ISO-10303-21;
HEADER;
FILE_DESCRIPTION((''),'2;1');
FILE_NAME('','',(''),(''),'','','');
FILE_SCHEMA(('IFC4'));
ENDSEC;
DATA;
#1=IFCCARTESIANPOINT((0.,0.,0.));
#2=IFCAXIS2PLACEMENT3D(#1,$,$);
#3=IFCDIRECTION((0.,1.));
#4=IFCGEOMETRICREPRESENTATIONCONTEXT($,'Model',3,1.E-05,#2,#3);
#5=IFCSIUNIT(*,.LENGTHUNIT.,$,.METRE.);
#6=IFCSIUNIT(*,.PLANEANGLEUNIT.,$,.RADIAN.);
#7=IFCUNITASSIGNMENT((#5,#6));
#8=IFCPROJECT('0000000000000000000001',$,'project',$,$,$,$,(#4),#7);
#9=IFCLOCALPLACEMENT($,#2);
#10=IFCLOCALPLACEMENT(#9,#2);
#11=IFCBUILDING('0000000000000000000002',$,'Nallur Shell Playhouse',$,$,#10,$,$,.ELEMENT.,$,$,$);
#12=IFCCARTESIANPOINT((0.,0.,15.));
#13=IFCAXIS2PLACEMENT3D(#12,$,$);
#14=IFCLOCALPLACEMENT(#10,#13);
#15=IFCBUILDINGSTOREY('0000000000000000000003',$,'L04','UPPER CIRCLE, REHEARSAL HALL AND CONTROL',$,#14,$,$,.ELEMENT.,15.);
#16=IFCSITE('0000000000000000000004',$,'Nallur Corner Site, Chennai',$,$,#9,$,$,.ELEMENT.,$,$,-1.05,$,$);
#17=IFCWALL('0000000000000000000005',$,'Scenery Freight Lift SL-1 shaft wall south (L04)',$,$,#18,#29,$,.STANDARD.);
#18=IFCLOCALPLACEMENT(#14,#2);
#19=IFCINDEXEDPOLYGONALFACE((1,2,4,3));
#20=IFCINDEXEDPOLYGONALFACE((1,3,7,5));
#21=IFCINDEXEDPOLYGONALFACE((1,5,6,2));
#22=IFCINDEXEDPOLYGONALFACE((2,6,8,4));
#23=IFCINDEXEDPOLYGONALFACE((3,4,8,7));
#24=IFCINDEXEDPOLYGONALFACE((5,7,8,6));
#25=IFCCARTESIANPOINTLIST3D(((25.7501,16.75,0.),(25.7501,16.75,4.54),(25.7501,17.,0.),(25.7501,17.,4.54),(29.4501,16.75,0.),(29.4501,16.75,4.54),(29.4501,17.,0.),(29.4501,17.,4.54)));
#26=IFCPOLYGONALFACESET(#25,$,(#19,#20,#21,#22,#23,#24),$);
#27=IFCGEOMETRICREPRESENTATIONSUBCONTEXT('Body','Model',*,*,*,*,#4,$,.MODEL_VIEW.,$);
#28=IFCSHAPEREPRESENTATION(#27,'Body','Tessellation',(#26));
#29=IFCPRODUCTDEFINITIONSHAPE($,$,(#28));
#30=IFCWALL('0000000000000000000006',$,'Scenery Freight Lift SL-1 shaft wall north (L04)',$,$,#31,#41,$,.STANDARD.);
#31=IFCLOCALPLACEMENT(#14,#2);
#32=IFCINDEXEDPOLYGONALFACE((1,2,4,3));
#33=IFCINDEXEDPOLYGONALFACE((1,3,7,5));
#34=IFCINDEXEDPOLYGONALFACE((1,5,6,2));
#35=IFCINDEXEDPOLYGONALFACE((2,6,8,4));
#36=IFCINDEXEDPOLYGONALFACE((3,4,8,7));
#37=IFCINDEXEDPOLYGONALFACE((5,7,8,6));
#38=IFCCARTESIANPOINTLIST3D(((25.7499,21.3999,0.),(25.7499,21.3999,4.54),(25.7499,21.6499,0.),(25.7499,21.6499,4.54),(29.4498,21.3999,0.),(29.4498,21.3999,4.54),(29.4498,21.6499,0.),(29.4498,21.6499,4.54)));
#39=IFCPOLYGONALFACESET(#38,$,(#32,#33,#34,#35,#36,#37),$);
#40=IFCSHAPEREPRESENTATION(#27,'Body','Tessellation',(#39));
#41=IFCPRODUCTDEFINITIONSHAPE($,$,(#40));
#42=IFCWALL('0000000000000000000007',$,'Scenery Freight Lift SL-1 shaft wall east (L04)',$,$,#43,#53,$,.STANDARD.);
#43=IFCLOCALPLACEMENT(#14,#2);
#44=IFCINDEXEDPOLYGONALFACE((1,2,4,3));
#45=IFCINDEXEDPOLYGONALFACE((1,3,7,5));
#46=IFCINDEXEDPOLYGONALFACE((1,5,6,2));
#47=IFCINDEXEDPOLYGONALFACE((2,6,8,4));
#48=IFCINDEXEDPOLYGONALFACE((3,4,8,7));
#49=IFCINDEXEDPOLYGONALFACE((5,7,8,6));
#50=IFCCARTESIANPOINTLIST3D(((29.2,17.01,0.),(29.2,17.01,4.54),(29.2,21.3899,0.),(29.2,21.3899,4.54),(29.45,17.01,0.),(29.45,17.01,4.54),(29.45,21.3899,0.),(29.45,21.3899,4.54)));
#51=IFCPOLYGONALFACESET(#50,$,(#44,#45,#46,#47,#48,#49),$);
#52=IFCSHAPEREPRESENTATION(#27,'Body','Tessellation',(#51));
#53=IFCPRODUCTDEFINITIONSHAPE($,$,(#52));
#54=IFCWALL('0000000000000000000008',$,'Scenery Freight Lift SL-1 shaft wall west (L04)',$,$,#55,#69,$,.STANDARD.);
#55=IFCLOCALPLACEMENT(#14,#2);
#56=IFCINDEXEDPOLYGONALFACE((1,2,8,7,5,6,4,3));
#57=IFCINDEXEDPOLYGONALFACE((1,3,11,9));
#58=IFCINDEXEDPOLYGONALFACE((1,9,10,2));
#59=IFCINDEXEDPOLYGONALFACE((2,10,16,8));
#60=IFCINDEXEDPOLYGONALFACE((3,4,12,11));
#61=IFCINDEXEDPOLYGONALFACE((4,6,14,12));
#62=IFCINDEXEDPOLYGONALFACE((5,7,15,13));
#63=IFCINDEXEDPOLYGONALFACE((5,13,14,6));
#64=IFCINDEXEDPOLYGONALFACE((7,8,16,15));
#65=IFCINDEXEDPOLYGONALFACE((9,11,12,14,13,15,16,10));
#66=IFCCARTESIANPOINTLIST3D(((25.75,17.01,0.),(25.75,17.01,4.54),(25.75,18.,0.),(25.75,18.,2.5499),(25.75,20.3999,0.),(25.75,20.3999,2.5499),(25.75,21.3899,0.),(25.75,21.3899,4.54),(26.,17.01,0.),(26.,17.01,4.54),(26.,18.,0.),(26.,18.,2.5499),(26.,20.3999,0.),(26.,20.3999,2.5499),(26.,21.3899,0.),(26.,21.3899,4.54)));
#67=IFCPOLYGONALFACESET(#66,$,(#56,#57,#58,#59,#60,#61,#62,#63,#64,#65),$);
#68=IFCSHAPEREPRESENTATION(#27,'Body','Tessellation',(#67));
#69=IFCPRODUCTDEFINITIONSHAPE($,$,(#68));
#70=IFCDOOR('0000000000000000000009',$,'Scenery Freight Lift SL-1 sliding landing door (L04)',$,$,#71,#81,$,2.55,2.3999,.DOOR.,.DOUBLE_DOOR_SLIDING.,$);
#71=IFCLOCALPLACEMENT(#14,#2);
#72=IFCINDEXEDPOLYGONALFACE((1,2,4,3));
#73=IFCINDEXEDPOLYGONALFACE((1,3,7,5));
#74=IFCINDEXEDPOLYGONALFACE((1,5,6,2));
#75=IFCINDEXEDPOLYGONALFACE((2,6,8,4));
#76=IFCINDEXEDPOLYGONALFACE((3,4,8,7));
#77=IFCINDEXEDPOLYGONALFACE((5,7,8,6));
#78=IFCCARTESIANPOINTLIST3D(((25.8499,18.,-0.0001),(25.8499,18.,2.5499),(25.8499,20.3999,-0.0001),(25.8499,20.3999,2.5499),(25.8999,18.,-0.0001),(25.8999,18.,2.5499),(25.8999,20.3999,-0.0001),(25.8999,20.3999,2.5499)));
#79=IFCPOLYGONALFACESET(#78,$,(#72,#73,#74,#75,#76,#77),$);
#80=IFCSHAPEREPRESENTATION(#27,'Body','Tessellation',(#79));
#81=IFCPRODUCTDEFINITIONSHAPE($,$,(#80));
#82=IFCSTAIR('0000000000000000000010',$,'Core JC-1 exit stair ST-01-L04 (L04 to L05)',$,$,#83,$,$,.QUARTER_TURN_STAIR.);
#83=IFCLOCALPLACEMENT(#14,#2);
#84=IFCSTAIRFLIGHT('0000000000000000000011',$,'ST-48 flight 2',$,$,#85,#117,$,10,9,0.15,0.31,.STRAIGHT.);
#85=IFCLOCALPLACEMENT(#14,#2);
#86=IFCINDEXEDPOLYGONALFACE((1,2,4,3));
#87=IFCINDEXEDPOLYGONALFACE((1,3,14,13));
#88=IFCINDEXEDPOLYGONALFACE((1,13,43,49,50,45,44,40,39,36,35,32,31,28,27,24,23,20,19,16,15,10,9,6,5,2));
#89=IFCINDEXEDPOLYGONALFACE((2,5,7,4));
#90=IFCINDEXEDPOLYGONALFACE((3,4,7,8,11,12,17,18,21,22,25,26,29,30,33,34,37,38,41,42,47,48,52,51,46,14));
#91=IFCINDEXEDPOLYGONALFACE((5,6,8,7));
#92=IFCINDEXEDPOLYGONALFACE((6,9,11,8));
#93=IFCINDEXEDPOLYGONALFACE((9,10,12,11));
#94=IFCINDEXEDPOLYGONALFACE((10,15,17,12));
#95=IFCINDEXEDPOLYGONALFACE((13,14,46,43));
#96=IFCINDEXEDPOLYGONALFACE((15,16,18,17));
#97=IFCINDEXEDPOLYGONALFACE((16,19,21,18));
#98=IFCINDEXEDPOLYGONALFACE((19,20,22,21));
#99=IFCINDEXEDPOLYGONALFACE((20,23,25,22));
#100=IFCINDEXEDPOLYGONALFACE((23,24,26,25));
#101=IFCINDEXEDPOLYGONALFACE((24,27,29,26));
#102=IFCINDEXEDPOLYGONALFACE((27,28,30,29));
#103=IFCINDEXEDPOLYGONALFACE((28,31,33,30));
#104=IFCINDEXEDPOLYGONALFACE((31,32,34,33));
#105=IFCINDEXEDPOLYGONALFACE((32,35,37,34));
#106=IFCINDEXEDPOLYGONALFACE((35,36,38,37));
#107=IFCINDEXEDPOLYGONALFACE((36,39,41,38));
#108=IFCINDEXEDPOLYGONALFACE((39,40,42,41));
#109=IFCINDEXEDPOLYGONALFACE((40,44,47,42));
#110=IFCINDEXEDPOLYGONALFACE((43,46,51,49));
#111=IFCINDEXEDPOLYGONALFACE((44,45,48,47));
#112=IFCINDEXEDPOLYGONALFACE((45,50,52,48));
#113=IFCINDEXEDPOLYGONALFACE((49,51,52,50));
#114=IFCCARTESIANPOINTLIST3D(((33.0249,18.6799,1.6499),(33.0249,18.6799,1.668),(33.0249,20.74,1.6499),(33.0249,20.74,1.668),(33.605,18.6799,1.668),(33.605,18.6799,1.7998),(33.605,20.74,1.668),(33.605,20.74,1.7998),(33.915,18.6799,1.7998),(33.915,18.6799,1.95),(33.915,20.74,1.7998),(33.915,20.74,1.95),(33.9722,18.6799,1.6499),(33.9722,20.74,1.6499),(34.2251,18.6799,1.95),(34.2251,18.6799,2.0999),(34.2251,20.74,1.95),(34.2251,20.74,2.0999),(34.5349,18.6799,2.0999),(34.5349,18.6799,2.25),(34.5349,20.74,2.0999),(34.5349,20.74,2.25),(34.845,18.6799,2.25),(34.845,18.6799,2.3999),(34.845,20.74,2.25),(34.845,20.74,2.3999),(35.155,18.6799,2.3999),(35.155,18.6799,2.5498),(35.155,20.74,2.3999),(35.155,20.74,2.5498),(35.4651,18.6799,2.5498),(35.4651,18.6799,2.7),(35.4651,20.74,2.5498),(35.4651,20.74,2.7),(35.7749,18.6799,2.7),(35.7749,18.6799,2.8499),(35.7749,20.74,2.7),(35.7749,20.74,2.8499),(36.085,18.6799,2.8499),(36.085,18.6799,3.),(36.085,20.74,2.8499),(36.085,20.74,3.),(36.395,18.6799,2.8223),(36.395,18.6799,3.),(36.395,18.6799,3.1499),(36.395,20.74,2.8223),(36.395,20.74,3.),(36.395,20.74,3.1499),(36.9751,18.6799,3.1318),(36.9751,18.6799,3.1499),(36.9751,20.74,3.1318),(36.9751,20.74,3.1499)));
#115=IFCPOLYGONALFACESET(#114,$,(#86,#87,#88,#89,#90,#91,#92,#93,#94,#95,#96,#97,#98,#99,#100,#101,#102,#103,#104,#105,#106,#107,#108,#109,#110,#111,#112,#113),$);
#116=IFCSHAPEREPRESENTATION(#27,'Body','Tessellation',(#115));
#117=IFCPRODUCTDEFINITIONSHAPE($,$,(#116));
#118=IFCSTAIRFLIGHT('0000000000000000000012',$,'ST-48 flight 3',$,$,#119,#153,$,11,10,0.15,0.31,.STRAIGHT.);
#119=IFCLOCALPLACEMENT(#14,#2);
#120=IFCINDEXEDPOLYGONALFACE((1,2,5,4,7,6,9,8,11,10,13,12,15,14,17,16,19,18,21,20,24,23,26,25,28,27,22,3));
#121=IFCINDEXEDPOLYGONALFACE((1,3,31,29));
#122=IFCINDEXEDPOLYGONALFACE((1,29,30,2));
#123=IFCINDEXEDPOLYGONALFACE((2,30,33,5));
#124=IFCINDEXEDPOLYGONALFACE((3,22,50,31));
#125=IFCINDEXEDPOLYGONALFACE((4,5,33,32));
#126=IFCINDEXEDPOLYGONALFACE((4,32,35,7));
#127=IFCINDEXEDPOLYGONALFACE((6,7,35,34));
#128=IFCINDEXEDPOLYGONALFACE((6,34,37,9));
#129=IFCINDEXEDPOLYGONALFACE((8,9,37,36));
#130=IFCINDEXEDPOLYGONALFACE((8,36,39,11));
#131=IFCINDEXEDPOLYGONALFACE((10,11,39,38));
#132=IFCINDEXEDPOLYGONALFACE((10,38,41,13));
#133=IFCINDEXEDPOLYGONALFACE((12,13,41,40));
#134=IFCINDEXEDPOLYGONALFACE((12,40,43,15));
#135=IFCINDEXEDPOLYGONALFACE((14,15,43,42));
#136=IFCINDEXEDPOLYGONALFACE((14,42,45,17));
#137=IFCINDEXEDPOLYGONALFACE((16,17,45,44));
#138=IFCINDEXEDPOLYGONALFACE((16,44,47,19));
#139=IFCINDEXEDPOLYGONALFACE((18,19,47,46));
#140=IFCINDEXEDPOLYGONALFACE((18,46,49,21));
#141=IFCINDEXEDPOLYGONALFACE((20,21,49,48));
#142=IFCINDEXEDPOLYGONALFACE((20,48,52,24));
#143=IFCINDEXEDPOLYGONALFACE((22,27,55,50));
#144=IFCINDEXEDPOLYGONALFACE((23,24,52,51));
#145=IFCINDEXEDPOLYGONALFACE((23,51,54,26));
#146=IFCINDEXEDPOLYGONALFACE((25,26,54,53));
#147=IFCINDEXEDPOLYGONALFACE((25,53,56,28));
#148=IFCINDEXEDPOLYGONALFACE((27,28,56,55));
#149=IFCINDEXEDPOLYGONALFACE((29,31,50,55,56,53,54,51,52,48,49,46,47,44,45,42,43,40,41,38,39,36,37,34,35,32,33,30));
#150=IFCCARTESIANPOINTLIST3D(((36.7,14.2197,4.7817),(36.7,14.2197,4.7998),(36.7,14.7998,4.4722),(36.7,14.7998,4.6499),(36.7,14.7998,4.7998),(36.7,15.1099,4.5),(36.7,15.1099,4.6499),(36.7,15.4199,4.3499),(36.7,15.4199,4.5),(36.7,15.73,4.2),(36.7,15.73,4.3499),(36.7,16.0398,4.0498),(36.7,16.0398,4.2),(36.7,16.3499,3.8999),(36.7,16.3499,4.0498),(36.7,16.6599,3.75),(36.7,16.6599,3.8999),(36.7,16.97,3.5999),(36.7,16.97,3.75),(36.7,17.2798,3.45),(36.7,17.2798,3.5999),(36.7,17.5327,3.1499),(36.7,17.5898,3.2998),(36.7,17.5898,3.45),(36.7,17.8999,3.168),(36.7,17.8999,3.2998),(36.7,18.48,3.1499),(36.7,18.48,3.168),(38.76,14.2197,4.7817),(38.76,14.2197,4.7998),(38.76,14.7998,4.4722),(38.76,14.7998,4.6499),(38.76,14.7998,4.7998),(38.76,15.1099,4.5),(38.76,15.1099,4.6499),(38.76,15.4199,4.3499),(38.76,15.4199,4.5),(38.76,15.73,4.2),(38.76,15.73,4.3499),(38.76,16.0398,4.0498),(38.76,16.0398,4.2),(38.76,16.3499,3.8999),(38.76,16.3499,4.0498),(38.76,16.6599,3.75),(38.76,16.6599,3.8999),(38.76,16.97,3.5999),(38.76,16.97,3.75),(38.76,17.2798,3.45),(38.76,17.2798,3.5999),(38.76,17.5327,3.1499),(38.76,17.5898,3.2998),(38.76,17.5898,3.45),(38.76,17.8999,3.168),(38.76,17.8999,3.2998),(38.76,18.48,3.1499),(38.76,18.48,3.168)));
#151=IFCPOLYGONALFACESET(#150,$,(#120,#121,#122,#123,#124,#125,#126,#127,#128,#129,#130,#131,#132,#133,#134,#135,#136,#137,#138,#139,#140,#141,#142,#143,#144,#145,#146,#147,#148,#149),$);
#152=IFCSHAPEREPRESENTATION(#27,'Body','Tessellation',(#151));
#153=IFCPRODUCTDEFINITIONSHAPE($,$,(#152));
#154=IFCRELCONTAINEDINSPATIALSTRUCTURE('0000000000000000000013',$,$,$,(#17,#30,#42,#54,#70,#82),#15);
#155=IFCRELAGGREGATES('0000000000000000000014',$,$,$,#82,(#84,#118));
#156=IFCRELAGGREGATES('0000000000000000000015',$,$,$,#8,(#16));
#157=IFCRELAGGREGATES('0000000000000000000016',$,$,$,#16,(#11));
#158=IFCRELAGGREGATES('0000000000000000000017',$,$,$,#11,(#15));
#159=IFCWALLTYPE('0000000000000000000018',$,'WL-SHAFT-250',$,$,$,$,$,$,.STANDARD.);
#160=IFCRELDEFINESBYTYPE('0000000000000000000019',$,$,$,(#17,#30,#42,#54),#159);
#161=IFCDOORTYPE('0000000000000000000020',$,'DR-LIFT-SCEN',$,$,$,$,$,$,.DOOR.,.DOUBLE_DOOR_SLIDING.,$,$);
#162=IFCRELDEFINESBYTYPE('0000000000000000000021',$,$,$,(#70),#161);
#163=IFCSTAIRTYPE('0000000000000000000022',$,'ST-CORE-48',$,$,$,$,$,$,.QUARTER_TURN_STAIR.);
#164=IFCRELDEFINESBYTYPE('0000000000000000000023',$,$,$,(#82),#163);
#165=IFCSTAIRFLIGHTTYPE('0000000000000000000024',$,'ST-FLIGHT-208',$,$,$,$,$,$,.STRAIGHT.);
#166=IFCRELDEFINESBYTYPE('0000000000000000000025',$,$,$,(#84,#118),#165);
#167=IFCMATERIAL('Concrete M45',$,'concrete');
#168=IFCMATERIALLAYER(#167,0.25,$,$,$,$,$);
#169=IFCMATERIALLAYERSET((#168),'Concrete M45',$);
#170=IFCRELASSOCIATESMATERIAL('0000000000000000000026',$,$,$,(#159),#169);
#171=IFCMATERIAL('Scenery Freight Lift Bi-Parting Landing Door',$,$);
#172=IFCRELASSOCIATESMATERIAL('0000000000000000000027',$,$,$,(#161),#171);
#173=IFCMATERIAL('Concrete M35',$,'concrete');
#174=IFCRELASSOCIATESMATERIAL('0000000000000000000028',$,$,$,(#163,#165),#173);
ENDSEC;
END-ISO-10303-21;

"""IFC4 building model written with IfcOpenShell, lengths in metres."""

from ifc_helpers import new_model, si_unit, direction, frame, frame_2d, origin, place, context, subcontext, project, spatial, polyline, rectangle, outline, extrude, material, layer, layer_set, type_object, element, fill, aggregate, save


model = new_model("IFC4")

# Units and contexts
model_context = context("Model", 3, precision=1e-05, world=origin(), true_north=direction((0.0, 1.0)))
body_context = subcontext(model_context, "Body", "Model", "MODEL_VIEW")
ifc_project = project(units=[si_unit("LENGTHUNIT", "METRE"), si_unit("PLANEANGLEUNIT", "RADIAN")], contexts=[model_context])

# Site, building, storey
site_placement = place(None, origin())
site = spatial("IfcSite", under=ifc_project, at=site_placement, Name="Nallur Corner Site, Chennai", CompositionType="ELEMENT", RefElevation=-1.05)
building_placement = place(site_placement, origin())
building = spatial("IfcBuilding", under=site, at=building_placement, Name="Nallur Shell Playhouse", CompositionType="ELEMENT")
storey_placement = place(building_placement, frame((0.0, 0.0, 15.0)))
storey = spatial("IfcBuildingStorey", under=building, at=storey_placement, Name="L04", Description="UPPER CIRCLE, REHEARSAL HALL AND CONTROL", CompositionType="ELEMENT", Elevation=15.0)

# Shared definitions
ifc_material_1 = material(Name="Concrete M35", Category="concrete")

# Shared definitions
ifc_material_2 = material(Name="Concrete M45", Category="concrete")

# Walls
ifc_layer_1 = layer(ifc_material_2, 0.25)
ifc_layer_set_1 = layer_set([ifc_layer_1], Name="Concrete M45")
wall_type_1 = type_object("IfcWallType", Name="WL-SHAFT-250", PredefinedType="STANDARD", material=ifc_layer_set_1)
for number, where, z_axis, x_axis, name in (
    (1, (25.75, 16.875, 0.0), (0.0, 0.0, 1.0), (1.0, 0.0, 0.0), "Scenery Freight Lift SL-1 shaft wall south (L04)"),
    (2, (29.45, 21.5249, 0.0), (0.0, 0.0, 1.0), (-1.0, 0.0, 0.0), "Scenery Freight Lift SL-1 shaft wall north (L04)"),
):
    element("IfcWall", number, at=place(storey_placement, frame(where, z_axis=z_axis, x_axis=x_axis)), inside=storey, type_object=wall_type_1, Name=name, PredefinedType="STANDARD", context=body_context, shape_type="SweptSolid", body=[
        extrude(rectangle(XDim=3.7, YDim=0.25, at=frame_2d((1.8501, 0.0))), origin(), (0.0, 0.0, 1.0), 4.54),
    ])
wall_1_placement = place(storey_placement, frame((29.325, 17.01, 0.0), z_axis=(0.0, 0.0, 1.0), x_axis=(0.0, 1.0, 0.0)))
element("IfcWall", 3, at=wall_1_placement, inside=storey, type_object=wall_type_1, Name="Scenery Freight Lift SL-1 shaft wall east (L04)", PredefinedType="STANDARD", context=body_context, shape_type="SweptSolid", body=[
    extrude(rectangle(XDim=4.3799, YDim=0.25, at=frame_2d((2.1899, 0.0))), origin(), (0.0, 0.0, 1.0), 4.54),
])

# Wall, opening, door
wall_2_placement = place(storey_placement, frame((25.875, 21.3899, 0.0), z_axis=(0.0, 0.0, 1.0), x_axis=(0.0, -1.0, 0.0)))
wall_2 = element("IfcWall", 4, at=wall_2_placement, inside=storey, type_object=wall_type_1, Name="Scenery Freight Lift SL-1 shaft wall west (L04)", PredefinedType="STANDARD", context=body_context, shape_type="SweptSolid", body=[
    extrude(rectangle(XDim=4.3799, YDim=0.25, at=frame_2d((2.1899, 0.0))), origin(), (0.0, 0.0, 1.0), 4.54),
])
opening_1_placement = place(wall_2_placement, frame((0.99, 0.0, 0.0)))
opening_1 = element("IfcOpeningElement", 5, at=opening_1_placement, cuts=wall_2, PredefinedType="OPENING", context=body_context, shape_type="SweptSolid", body=[
    extrude(rectangle(XDim=2.3999, YDim=2.55, at=frame_2d((1.2, 1.2749))), frame((0.0, 0.135, 0.0), z_axis=(0.0, -1.0, 0.0), x_axis=(1.0, 0.0, 0.0)), (0.0, 0.0, 1.0), 0.27),
])
ifc_material_3 = material(Name="Scenery Freight Lift Bi-Parting Landing Door")
door_type_1 = type_object("IfcDoorType", Name="DR-LIFT-SCEN", OperationType="DOUBLE_DOOR_SLIDING", PredefinedType="DOOR", material=ifc_material_3)
door_1_placement = place(opening_1_placement, origin())
door_1 = element("IfcDoor", 6, at=door_1_placement, inside=storey, type_object=door_type_1, Name="Scenery Freight Lift SL-1 sliding landing door (L04)", OperationType="DOUBLE_DOOR_SLIDING", OverallHeight=2.55, OverallWidth=2.3999, PredefinedType="DOOR", context=body_context, shape_type="SweptSolid", body=[
    extrude(rectangle(XDim=2.3999, YDim=2.55, at=frame_2d((1.2, 1.2749))), frame((0.0, 0.0249, 0.0), z_axis=(0.0, -1.0, 0.0), x_axis=(1.0, 0.0, 0.0)), (0.0, 0.0, 1.0), 0.05),
])
fill(opening_1, door_1)

# Stair, stair flights
stair_type = type_object("IfcStairType", Name="ST-CORE-48", PredefinedType="QUARTER_TURN_STAIR", material=ifc_material_1)
stair_placement = place(storey_placement, origin())
stair = element("IfcStair", 7, at=stair_placement, inside=storey, type_object=stair_type, Name="Core JC-1 exit stair ST-01-L04 (L04 to L05)", PredefinedType="QUARTER_TURN_STAIR")
stair_flight_type = type_object("IfcStairFlightType", Name="ST-FLIGHT-208", PredefinedType="STRAIGHT", material=ifc_material_1)
stair_flight_1_placement = place(storey_placement, frame((33.605, 19.71, 1.6499), z_axis=(0.0, 0.0, 1.0), x_axis=(1.0, 0.0, 0.0)))
stair_flight_1 = element("IfcStairFlight", 8, at=stair_flight_1_placement, type_object=stair_flight_type, Name="ST-48 flight 2", NumberOfRisers=10, NumberOfTreads=9, PredefinedType="STRAIGHT", RiserHeight=0.15, TreadLength=0.31, context=body_context, shape_type="SweptSolid", body=[
    extrude(outline(polyline([(-0.5801, 0.0), (-0.5801, 0.0181), (0.0, 0.0181), (0.0, 0.1499), (0.3101, 0.1499), (0.3101, 0.3), (0.6201, 0.3), (0.6201, 0.45), (0.9299, 0.45), (0.9299, 0.6001), (1.24, 0.6001), (1.24, 0.75), (1.55, 0.75), (1.55, 0.8999), (1.8601, 0.8999), (1.8601, 1.05), (2.1699, 1.05), (2.1699, 1.2), (2.48, 1.2), (2.48, 1.3501), (2.79, 1.3501), (2.79, 1.5), (3.3701, 1.5), (3.3701, 1.4819), (2.79, 1.1724), (0.3672, 0.0), (-0.5801, 0.0)])), frame((0.0, 1.03, 0.0), z_axis=(0.0, -1.0, 0.0), x_axis=(1.0, 0.0, 0.0)), (0.0, 0.0, 1.0), 2.0601),
])
stair_flight_2_placement = place(storey_placement, frame((37.73, 17.8999, 3.1499), z_axis=(0.0, 0.0, 1.0), x_axis=(0.0, -1.0, 0.0)))
stair_flight_2 = element("IfcStairFlight", 9, at=stair_flight_2_placement, type_object=stair_flight_type, Name="ST-48 flight 3", NumberOfRisers=11, NumberOfTreads=10, PredefinedType="STRAIGHT", RiserHeight=0.15, TreadLength=0.31, context=body_context, shape_type="SweptSolid", body=[
    extrude(outline(polyline([(-0.5801, 0.0), (-0.5801, 0.0181), (0.0, 0.0181), (0.0, 0.1499), (0.3101, 0.1499), (0.3101, 0.3), (0.6201, 0.3), (0.6201, 0.45), (0.9299, 0.45), (0.9299, 0.6001), (1.24, 0.6001), (1.24, 0.75), (1.55, 0.75), (1.55, 0.8999), (1.8601, 0.8999), (1.8601, 1.05), (2.1699, 1.05), (2.1699, 1.2), (2.48, 1.2), (2.48, 1.3501), (2.79, 1.3501), (2.79, 1.5), (3.1001, 1.5), (3.1001, 1.6499), (3.6802, 1.6499), (3.6802, 1.6318), (3.1001, 1.3223), (0.3672, 0.0), (-0.5801, 0.0)])), frame((0.0, 1.03, 0.0), z_axis=(0.0, -1.0, 0.0), x_axis=(1.0, 0.0, 0.0)), (0.0, 0.0, 1.0), 2.0601),
])
aggregate(stair, [stair_flight_1, stair_flight_2])

save(model, "model.ifc")
